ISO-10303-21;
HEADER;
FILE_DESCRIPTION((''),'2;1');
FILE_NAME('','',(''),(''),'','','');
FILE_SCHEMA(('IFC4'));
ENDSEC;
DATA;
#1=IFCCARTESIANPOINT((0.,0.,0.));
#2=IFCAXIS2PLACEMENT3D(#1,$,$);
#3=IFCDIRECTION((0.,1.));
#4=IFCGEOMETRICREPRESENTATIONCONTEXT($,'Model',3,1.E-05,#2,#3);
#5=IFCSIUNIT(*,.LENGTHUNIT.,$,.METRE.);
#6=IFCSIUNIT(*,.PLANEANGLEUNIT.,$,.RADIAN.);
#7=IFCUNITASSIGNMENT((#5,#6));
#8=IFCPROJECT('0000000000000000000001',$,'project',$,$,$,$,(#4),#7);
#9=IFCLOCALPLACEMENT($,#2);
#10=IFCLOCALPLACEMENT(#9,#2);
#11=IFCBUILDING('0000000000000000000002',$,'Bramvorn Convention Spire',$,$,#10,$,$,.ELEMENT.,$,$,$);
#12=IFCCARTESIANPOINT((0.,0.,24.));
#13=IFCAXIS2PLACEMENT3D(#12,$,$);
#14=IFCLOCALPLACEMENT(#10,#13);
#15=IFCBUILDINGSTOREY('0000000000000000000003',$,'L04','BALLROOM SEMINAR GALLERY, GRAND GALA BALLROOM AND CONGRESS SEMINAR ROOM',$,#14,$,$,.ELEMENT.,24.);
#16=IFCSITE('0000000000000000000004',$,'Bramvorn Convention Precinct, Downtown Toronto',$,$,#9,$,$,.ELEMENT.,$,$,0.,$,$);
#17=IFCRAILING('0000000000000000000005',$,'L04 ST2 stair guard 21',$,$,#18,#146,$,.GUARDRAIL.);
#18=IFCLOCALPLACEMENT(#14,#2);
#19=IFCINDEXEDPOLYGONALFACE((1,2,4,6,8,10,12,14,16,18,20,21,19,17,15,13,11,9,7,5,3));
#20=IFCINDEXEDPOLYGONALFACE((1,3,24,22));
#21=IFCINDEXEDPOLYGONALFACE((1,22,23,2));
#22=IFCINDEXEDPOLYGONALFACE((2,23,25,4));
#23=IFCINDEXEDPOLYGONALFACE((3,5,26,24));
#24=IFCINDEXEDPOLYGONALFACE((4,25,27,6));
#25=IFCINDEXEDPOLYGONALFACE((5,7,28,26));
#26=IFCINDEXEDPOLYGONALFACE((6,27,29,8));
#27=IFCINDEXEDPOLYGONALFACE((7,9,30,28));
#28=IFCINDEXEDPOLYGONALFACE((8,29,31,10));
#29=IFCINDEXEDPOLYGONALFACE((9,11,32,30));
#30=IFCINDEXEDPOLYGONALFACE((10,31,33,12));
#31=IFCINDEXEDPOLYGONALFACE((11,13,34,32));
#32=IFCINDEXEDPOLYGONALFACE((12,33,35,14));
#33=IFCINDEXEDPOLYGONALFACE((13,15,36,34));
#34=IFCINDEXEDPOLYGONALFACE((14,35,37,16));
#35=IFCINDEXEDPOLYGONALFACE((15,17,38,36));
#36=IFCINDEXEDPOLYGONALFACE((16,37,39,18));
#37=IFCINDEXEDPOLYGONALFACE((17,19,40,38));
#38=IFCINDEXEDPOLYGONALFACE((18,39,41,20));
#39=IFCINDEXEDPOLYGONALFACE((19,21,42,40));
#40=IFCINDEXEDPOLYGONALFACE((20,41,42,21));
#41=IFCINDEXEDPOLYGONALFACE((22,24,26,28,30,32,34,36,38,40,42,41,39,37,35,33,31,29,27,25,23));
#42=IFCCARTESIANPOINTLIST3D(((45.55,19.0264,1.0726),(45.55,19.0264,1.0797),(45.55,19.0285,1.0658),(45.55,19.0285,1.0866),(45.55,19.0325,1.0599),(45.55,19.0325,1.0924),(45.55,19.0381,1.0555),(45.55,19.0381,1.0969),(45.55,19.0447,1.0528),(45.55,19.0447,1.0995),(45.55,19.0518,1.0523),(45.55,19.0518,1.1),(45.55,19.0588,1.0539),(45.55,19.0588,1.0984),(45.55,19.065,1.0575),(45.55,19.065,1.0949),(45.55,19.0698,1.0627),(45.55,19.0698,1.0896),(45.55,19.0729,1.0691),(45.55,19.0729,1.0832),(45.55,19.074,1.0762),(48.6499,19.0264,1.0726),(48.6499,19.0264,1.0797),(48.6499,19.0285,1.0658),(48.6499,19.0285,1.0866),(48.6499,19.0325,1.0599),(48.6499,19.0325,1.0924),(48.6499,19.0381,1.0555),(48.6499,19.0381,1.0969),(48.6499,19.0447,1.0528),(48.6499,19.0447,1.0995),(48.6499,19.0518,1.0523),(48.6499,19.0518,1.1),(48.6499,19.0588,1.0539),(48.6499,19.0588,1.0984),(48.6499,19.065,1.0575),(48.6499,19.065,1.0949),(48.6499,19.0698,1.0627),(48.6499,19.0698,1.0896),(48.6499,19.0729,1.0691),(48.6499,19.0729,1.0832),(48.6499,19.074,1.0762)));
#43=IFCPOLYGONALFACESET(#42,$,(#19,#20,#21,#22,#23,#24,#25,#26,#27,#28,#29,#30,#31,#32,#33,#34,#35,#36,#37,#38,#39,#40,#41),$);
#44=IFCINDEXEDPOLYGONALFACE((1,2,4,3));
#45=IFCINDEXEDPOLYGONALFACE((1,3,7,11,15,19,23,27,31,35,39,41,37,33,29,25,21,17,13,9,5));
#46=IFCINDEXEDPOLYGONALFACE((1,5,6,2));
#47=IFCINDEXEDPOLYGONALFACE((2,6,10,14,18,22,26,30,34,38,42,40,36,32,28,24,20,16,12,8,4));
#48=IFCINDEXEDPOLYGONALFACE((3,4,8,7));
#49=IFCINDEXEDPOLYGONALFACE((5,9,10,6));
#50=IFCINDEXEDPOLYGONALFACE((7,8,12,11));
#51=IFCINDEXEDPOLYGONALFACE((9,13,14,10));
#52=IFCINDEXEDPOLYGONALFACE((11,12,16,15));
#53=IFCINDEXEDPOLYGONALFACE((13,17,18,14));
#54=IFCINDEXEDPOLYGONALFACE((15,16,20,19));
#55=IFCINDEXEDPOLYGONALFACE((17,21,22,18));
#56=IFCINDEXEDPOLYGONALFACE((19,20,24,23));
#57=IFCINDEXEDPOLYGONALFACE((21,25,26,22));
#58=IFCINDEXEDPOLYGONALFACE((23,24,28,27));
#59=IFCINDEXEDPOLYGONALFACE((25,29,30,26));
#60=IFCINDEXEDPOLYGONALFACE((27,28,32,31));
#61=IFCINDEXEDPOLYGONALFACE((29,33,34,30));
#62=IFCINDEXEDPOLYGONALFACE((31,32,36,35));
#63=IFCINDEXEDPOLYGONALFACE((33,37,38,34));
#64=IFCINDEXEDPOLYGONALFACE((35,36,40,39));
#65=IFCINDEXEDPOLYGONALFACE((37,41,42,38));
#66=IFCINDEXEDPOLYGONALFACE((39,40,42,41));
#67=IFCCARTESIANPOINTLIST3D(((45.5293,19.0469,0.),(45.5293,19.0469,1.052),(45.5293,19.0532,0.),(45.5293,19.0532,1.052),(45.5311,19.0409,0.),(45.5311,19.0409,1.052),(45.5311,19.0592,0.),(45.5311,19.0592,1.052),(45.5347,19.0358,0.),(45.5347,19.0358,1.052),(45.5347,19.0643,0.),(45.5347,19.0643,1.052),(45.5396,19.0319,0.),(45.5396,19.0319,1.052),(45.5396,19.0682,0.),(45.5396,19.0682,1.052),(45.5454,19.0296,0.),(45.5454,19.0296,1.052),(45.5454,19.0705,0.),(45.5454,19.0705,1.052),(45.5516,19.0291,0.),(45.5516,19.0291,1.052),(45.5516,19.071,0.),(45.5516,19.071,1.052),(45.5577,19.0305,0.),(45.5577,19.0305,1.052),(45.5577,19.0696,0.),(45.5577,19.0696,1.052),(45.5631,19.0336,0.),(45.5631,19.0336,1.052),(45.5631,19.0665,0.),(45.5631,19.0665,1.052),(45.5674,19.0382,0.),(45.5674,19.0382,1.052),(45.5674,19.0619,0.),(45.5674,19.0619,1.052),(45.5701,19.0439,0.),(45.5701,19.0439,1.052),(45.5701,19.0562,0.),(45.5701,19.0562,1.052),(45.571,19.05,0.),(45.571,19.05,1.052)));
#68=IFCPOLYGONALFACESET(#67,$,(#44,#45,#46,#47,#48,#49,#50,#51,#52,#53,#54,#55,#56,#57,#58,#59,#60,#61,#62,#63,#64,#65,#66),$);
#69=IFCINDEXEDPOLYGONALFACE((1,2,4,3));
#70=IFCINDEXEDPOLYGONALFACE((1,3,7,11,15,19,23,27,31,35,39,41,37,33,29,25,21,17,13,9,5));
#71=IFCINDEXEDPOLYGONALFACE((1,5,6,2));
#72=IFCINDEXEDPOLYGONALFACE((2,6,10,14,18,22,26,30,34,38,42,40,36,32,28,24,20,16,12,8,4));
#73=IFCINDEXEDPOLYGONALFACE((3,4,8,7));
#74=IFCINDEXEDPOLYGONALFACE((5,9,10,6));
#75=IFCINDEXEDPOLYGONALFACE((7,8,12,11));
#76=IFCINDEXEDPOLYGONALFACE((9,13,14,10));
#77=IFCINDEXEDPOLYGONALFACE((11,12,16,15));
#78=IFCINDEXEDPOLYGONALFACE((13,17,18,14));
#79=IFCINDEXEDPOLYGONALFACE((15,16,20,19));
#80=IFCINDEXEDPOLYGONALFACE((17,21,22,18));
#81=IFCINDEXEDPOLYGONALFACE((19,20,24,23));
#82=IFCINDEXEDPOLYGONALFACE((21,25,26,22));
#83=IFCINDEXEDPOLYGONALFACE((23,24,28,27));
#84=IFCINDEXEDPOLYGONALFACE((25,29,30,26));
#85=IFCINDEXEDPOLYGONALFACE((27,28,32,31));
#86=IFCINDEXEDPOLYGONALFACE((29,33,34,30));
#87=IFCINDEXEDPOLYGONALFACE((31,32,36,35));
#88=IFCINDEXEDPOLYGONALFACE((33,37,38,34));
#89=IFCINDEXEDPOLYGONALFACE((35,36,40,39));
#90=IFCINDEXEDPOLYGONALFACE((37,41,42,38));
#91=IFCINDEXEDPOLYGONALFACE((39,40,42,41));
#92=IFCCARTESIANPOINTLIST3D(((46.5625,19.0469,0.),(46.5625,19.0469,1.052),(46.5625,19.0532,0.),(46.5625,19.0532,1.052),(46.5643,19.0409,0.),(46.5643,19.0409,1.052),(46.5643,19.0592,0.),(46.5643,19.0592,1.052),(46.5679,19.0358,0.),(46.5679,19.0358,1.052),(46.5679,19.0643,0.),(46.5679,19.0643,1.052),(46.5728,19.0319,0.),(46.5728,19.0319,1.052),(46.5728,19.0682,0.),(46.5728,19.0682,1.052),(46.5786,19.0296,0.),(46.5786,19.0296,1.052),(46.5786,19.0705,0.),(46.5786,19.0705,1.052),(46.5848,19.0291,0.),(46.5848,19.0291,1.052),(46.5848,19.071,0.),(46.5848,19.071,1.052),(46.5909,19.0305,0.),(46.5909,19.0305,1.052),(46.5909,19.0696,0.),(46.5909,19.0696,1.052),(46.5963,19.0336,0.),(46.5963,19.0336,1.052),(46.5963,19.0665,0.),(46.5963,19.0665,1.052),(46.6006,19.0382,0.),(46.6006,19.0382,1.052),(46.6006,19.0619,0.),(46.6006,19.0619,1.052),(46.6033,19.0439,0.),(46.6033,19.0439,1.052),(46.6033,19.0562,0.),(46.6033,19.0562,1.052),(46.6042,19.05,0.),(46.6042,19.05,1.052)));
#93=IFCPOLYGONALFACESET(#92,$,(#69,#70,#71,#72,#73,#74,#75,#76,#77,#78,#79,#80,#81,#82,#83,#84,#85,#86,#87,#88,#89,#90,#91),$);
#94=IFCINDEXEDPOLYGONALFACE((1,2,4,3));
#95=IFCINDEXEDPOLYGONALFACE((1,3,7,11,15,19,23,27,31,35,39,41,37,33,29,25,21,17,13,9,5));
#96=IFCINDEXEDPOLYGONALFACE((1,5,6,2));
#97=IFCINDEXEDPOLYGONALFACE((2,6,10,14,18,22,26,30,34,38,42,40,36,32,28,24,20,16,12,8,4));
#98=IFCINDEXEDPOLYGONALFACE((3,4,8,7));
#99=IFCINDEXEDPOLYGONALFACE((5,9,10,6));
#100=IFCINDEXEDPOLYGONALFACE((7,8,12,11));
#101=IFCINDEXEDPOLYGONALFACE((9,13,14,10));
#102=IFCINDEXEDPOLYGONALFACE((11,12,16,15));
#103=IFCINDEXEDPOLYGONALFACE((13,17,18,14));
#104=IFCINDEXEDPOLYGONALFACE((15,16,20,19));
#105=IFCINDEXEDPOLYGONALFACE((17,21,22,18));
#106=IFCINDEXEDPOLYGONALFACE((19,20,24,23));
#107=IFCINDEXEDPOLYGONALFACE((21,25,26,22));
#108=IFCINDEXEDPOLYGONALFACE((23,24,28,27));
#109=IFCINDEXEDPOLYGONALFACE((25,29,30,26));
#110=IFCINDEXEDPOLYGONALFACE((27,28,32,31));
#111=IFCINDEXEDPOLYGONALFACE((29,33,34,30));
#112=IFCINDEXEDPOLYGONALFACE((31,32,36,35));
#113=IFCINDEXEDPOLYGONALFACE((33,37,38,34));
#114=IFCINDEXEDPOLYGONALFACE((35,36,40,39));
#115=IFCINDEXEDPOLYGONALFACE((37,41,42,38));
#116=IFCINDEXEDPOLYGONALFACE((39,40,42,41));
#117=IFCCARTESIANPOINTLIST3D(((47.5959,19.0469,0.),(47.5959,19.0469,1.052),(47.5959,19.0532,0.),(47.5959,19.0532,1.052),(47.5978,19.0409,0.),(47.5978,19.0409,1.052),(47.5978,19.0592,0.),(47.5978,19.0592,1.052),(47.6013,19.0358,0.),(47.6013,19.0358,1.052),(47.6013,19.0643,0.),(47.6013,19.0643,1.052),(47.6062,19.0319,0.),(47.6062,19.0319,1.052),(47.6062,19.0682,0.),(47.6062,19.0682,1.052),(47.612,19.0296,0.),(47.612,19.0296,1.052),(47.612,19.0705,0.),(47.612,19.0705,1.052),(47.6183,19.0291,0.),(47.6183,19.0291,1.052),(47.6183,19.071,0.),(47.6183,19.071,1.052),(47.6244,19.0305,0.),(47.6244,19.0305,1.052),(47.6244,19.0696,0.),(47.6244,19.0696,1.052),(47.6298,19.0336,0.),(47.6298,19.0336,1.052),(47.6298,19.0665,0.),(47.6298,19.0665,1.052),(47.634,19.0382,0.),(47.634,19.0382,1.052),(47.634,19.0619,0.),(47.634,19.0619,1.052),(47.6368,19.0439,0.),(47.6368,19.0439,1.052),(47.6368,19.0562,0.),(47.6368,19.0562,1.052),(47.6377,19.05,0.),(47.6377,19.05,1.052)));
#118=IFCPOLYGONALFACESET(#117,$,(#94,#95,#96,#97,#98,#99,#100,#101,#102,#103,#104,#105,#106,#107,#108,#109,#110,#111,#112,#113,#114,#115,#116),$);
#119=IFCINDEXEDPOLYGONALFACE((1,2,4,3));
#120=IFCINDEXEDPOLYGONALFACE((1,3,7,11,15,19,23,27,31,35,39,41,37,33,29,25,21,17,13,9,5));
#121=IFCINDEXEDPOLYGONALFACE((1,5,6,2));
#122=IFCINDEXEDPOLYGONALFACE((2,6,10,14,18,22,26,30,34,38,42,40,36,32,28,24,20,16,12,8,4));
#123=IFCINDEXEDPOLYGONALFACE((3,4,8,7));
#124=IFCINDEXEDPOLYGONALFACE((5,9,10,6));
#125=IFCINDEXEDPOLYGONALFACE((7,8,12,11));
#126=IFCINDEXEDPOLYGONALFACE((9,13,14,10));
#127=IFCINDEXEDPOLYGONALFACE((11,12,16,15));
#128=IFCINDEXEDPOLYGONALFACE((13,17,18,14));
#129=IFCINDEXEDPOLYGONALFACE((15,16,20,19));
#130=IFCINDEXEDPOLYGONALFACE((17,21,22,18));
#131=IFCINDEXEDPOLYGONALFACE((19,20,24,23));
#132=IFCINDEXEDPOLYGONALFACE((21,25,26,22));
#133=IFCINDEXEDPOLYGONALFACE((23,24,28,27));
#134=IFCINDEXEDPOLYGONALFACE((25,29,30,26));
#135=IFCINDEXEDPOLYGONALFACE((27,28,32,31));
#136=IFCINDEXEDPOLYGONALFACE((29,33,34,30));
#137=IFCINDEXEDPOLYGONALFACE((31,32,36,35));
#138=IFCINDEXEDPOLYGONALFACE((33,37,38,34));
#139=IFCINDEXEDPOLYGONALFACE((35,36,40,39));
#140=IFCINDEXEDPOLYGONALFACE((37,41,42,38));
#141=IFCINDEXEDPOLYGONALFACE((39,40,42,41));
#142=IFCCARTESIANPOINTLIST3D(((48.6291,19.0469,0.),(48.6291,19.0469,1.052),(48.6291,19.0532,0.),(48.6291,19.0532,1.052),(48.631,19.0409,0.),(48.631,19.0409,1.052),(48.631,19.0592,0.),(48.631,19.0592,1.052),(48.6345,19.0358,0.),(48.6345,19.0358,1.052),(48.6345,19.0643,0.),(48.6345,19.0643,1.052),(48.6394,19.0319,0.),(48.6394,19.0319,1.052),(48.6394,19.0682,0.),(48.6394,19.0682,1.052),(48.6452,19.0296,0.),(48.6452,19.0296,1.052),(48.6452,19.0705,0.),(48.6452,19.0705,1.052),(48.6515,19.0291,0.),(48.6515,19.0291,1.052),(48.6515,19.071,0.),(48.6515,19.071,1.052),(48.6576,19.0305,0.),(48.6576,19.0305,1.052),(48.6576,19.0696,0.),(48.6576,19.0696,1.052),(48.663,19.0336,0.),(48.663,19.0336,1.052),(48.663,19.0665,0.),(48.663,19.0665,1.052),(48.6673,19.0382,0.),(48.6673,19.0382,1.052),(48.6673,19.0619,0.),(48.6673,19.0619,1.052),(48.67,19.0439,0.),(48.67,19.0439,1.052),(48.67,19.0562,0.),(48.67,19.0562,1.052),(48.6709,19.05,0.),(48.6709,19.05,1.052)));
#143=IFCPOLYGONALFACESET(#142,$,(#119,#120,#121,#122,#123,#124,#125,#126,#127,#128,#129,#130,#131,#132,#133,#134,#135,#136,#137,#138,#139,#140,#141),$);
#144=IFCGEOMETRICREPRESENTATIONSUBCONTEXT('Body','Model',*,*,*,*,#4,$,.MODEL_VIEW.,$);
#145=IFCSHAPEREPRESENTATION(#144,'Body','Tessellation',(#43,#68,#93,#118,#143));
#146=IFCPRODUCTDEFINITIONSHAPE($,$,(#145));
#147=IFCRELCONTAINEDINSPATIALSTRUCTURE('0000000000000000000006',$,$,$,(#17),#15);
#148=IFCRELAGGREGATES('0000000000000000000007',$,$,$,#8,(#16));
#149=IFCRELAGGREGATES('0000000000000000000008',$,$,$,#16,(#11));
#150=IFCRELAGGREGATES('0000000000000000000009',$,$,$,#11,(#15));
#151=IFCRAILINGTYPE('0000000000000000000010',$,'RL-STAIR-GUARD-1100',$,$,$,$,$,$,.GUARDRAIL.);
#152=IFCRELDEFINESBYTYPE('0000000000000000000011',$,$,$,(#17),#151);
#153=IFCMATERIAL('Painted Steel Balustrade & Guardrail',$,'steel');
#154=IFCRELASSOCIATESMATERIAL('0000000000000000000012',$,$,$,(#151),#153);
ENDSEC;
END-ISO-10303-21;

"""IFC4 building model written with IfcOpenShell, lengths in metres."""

from ifc_helpers import new_model, si_unit, direction, frame, origin, origin_2d, place, context, subcontext, project, spatial, circle, extrude, material, type_object, element, save


model = new_model("IFC4")

# Units and contexts
model_context = context("Model", 3, precision=1e-05, world=origin(), true_north=direction((0.0, 1.0)))
body_context = subcontext(model_context, "Body", "Model", "MODEL_VIEW")
ifc_project = project(units=[si_unit("LENGTHUNIT", "METRE"), si_unit("PLANEANGLEUNIT", "RADIAN")], contexts=[model_context])

# Site, building, storey
site_placement = place(None, origin())
site = spatial("IfcSite", under=ifc_project, at=site_placement, Name="Bramvorn Convention Precinct, Downtown Toronto", CompositionType="ELEMENT", RefElevation=0.0)
building_placement = place(site_placement, origin())
building = spatial("IfcBuilding", under=site, at=building_placement, Name="Bramvorn Convention Spire", CompositionType="ELEMENT")
storey_placement = place(building_placement, frame((0.0, 0.0, 24.0)))
storey = spatial("IfcBuildingStorey", under=building, at=storey_placement, Name="L04", Description="BALLROOM SEMINAR GALLERY, GRAND GALA BALLROOM AND CONGRESS SEMINAR ROOM", CompositionType="ELEMENT", Elevation=24.0)

# Railing
ifc_material_1 = material(Name="Painted Steel Balustrade & Guardrail", Category="steel")
railing_type = type_object("IfcRailingType", Name="RL-STAIR-GUARD-1100", PredefinedType="GUARDRAIL", material=ifc_material_1)
railing_placement = place(storey_placement, frame((45.55, 19.05, 0.0)))
element("IfcRailing", 1, at=railing_placement, inside=storey, type_object=railing_type, Name="L04 ST2 stair guard 21", PredefinedType="GUARDRAIL", context=body_context, shape_type="SweptSolid", body=[
    extrude(circle(Radius=0.0239, at=origin_2d()), frame((0.0, 0.0, 1.0762), z_axis=(1.0, 0.0, 0.0), x_axis=(0.0, 1.0, 0.0)), (0.0, 0.0, 1.0), 3.0999),
    extrude(circle(Radius=0.021, at=origin_2d()), origin(), (0.0, 0.0, 1.0), 1.052),
    extrude(circle(Radius=0.021, at=origin_2d()), frame((1.0332, 0.0, 0.0)), (0.0, 0.0, 1.0), 1.052),
    extrude(circle(Radius=0.021, at=origin_2d()), frame((2.0667, 0.0, 0.0)), (0.0, 0.0, 1.0), 1.052),
    extrude(circle(Radius=0.021, at=origin_2d()), frame((3.0999, 0.0, 0.0)), (0.0, 0.0, 1.0), 1.052),
])

save(model, "model.ifc")
